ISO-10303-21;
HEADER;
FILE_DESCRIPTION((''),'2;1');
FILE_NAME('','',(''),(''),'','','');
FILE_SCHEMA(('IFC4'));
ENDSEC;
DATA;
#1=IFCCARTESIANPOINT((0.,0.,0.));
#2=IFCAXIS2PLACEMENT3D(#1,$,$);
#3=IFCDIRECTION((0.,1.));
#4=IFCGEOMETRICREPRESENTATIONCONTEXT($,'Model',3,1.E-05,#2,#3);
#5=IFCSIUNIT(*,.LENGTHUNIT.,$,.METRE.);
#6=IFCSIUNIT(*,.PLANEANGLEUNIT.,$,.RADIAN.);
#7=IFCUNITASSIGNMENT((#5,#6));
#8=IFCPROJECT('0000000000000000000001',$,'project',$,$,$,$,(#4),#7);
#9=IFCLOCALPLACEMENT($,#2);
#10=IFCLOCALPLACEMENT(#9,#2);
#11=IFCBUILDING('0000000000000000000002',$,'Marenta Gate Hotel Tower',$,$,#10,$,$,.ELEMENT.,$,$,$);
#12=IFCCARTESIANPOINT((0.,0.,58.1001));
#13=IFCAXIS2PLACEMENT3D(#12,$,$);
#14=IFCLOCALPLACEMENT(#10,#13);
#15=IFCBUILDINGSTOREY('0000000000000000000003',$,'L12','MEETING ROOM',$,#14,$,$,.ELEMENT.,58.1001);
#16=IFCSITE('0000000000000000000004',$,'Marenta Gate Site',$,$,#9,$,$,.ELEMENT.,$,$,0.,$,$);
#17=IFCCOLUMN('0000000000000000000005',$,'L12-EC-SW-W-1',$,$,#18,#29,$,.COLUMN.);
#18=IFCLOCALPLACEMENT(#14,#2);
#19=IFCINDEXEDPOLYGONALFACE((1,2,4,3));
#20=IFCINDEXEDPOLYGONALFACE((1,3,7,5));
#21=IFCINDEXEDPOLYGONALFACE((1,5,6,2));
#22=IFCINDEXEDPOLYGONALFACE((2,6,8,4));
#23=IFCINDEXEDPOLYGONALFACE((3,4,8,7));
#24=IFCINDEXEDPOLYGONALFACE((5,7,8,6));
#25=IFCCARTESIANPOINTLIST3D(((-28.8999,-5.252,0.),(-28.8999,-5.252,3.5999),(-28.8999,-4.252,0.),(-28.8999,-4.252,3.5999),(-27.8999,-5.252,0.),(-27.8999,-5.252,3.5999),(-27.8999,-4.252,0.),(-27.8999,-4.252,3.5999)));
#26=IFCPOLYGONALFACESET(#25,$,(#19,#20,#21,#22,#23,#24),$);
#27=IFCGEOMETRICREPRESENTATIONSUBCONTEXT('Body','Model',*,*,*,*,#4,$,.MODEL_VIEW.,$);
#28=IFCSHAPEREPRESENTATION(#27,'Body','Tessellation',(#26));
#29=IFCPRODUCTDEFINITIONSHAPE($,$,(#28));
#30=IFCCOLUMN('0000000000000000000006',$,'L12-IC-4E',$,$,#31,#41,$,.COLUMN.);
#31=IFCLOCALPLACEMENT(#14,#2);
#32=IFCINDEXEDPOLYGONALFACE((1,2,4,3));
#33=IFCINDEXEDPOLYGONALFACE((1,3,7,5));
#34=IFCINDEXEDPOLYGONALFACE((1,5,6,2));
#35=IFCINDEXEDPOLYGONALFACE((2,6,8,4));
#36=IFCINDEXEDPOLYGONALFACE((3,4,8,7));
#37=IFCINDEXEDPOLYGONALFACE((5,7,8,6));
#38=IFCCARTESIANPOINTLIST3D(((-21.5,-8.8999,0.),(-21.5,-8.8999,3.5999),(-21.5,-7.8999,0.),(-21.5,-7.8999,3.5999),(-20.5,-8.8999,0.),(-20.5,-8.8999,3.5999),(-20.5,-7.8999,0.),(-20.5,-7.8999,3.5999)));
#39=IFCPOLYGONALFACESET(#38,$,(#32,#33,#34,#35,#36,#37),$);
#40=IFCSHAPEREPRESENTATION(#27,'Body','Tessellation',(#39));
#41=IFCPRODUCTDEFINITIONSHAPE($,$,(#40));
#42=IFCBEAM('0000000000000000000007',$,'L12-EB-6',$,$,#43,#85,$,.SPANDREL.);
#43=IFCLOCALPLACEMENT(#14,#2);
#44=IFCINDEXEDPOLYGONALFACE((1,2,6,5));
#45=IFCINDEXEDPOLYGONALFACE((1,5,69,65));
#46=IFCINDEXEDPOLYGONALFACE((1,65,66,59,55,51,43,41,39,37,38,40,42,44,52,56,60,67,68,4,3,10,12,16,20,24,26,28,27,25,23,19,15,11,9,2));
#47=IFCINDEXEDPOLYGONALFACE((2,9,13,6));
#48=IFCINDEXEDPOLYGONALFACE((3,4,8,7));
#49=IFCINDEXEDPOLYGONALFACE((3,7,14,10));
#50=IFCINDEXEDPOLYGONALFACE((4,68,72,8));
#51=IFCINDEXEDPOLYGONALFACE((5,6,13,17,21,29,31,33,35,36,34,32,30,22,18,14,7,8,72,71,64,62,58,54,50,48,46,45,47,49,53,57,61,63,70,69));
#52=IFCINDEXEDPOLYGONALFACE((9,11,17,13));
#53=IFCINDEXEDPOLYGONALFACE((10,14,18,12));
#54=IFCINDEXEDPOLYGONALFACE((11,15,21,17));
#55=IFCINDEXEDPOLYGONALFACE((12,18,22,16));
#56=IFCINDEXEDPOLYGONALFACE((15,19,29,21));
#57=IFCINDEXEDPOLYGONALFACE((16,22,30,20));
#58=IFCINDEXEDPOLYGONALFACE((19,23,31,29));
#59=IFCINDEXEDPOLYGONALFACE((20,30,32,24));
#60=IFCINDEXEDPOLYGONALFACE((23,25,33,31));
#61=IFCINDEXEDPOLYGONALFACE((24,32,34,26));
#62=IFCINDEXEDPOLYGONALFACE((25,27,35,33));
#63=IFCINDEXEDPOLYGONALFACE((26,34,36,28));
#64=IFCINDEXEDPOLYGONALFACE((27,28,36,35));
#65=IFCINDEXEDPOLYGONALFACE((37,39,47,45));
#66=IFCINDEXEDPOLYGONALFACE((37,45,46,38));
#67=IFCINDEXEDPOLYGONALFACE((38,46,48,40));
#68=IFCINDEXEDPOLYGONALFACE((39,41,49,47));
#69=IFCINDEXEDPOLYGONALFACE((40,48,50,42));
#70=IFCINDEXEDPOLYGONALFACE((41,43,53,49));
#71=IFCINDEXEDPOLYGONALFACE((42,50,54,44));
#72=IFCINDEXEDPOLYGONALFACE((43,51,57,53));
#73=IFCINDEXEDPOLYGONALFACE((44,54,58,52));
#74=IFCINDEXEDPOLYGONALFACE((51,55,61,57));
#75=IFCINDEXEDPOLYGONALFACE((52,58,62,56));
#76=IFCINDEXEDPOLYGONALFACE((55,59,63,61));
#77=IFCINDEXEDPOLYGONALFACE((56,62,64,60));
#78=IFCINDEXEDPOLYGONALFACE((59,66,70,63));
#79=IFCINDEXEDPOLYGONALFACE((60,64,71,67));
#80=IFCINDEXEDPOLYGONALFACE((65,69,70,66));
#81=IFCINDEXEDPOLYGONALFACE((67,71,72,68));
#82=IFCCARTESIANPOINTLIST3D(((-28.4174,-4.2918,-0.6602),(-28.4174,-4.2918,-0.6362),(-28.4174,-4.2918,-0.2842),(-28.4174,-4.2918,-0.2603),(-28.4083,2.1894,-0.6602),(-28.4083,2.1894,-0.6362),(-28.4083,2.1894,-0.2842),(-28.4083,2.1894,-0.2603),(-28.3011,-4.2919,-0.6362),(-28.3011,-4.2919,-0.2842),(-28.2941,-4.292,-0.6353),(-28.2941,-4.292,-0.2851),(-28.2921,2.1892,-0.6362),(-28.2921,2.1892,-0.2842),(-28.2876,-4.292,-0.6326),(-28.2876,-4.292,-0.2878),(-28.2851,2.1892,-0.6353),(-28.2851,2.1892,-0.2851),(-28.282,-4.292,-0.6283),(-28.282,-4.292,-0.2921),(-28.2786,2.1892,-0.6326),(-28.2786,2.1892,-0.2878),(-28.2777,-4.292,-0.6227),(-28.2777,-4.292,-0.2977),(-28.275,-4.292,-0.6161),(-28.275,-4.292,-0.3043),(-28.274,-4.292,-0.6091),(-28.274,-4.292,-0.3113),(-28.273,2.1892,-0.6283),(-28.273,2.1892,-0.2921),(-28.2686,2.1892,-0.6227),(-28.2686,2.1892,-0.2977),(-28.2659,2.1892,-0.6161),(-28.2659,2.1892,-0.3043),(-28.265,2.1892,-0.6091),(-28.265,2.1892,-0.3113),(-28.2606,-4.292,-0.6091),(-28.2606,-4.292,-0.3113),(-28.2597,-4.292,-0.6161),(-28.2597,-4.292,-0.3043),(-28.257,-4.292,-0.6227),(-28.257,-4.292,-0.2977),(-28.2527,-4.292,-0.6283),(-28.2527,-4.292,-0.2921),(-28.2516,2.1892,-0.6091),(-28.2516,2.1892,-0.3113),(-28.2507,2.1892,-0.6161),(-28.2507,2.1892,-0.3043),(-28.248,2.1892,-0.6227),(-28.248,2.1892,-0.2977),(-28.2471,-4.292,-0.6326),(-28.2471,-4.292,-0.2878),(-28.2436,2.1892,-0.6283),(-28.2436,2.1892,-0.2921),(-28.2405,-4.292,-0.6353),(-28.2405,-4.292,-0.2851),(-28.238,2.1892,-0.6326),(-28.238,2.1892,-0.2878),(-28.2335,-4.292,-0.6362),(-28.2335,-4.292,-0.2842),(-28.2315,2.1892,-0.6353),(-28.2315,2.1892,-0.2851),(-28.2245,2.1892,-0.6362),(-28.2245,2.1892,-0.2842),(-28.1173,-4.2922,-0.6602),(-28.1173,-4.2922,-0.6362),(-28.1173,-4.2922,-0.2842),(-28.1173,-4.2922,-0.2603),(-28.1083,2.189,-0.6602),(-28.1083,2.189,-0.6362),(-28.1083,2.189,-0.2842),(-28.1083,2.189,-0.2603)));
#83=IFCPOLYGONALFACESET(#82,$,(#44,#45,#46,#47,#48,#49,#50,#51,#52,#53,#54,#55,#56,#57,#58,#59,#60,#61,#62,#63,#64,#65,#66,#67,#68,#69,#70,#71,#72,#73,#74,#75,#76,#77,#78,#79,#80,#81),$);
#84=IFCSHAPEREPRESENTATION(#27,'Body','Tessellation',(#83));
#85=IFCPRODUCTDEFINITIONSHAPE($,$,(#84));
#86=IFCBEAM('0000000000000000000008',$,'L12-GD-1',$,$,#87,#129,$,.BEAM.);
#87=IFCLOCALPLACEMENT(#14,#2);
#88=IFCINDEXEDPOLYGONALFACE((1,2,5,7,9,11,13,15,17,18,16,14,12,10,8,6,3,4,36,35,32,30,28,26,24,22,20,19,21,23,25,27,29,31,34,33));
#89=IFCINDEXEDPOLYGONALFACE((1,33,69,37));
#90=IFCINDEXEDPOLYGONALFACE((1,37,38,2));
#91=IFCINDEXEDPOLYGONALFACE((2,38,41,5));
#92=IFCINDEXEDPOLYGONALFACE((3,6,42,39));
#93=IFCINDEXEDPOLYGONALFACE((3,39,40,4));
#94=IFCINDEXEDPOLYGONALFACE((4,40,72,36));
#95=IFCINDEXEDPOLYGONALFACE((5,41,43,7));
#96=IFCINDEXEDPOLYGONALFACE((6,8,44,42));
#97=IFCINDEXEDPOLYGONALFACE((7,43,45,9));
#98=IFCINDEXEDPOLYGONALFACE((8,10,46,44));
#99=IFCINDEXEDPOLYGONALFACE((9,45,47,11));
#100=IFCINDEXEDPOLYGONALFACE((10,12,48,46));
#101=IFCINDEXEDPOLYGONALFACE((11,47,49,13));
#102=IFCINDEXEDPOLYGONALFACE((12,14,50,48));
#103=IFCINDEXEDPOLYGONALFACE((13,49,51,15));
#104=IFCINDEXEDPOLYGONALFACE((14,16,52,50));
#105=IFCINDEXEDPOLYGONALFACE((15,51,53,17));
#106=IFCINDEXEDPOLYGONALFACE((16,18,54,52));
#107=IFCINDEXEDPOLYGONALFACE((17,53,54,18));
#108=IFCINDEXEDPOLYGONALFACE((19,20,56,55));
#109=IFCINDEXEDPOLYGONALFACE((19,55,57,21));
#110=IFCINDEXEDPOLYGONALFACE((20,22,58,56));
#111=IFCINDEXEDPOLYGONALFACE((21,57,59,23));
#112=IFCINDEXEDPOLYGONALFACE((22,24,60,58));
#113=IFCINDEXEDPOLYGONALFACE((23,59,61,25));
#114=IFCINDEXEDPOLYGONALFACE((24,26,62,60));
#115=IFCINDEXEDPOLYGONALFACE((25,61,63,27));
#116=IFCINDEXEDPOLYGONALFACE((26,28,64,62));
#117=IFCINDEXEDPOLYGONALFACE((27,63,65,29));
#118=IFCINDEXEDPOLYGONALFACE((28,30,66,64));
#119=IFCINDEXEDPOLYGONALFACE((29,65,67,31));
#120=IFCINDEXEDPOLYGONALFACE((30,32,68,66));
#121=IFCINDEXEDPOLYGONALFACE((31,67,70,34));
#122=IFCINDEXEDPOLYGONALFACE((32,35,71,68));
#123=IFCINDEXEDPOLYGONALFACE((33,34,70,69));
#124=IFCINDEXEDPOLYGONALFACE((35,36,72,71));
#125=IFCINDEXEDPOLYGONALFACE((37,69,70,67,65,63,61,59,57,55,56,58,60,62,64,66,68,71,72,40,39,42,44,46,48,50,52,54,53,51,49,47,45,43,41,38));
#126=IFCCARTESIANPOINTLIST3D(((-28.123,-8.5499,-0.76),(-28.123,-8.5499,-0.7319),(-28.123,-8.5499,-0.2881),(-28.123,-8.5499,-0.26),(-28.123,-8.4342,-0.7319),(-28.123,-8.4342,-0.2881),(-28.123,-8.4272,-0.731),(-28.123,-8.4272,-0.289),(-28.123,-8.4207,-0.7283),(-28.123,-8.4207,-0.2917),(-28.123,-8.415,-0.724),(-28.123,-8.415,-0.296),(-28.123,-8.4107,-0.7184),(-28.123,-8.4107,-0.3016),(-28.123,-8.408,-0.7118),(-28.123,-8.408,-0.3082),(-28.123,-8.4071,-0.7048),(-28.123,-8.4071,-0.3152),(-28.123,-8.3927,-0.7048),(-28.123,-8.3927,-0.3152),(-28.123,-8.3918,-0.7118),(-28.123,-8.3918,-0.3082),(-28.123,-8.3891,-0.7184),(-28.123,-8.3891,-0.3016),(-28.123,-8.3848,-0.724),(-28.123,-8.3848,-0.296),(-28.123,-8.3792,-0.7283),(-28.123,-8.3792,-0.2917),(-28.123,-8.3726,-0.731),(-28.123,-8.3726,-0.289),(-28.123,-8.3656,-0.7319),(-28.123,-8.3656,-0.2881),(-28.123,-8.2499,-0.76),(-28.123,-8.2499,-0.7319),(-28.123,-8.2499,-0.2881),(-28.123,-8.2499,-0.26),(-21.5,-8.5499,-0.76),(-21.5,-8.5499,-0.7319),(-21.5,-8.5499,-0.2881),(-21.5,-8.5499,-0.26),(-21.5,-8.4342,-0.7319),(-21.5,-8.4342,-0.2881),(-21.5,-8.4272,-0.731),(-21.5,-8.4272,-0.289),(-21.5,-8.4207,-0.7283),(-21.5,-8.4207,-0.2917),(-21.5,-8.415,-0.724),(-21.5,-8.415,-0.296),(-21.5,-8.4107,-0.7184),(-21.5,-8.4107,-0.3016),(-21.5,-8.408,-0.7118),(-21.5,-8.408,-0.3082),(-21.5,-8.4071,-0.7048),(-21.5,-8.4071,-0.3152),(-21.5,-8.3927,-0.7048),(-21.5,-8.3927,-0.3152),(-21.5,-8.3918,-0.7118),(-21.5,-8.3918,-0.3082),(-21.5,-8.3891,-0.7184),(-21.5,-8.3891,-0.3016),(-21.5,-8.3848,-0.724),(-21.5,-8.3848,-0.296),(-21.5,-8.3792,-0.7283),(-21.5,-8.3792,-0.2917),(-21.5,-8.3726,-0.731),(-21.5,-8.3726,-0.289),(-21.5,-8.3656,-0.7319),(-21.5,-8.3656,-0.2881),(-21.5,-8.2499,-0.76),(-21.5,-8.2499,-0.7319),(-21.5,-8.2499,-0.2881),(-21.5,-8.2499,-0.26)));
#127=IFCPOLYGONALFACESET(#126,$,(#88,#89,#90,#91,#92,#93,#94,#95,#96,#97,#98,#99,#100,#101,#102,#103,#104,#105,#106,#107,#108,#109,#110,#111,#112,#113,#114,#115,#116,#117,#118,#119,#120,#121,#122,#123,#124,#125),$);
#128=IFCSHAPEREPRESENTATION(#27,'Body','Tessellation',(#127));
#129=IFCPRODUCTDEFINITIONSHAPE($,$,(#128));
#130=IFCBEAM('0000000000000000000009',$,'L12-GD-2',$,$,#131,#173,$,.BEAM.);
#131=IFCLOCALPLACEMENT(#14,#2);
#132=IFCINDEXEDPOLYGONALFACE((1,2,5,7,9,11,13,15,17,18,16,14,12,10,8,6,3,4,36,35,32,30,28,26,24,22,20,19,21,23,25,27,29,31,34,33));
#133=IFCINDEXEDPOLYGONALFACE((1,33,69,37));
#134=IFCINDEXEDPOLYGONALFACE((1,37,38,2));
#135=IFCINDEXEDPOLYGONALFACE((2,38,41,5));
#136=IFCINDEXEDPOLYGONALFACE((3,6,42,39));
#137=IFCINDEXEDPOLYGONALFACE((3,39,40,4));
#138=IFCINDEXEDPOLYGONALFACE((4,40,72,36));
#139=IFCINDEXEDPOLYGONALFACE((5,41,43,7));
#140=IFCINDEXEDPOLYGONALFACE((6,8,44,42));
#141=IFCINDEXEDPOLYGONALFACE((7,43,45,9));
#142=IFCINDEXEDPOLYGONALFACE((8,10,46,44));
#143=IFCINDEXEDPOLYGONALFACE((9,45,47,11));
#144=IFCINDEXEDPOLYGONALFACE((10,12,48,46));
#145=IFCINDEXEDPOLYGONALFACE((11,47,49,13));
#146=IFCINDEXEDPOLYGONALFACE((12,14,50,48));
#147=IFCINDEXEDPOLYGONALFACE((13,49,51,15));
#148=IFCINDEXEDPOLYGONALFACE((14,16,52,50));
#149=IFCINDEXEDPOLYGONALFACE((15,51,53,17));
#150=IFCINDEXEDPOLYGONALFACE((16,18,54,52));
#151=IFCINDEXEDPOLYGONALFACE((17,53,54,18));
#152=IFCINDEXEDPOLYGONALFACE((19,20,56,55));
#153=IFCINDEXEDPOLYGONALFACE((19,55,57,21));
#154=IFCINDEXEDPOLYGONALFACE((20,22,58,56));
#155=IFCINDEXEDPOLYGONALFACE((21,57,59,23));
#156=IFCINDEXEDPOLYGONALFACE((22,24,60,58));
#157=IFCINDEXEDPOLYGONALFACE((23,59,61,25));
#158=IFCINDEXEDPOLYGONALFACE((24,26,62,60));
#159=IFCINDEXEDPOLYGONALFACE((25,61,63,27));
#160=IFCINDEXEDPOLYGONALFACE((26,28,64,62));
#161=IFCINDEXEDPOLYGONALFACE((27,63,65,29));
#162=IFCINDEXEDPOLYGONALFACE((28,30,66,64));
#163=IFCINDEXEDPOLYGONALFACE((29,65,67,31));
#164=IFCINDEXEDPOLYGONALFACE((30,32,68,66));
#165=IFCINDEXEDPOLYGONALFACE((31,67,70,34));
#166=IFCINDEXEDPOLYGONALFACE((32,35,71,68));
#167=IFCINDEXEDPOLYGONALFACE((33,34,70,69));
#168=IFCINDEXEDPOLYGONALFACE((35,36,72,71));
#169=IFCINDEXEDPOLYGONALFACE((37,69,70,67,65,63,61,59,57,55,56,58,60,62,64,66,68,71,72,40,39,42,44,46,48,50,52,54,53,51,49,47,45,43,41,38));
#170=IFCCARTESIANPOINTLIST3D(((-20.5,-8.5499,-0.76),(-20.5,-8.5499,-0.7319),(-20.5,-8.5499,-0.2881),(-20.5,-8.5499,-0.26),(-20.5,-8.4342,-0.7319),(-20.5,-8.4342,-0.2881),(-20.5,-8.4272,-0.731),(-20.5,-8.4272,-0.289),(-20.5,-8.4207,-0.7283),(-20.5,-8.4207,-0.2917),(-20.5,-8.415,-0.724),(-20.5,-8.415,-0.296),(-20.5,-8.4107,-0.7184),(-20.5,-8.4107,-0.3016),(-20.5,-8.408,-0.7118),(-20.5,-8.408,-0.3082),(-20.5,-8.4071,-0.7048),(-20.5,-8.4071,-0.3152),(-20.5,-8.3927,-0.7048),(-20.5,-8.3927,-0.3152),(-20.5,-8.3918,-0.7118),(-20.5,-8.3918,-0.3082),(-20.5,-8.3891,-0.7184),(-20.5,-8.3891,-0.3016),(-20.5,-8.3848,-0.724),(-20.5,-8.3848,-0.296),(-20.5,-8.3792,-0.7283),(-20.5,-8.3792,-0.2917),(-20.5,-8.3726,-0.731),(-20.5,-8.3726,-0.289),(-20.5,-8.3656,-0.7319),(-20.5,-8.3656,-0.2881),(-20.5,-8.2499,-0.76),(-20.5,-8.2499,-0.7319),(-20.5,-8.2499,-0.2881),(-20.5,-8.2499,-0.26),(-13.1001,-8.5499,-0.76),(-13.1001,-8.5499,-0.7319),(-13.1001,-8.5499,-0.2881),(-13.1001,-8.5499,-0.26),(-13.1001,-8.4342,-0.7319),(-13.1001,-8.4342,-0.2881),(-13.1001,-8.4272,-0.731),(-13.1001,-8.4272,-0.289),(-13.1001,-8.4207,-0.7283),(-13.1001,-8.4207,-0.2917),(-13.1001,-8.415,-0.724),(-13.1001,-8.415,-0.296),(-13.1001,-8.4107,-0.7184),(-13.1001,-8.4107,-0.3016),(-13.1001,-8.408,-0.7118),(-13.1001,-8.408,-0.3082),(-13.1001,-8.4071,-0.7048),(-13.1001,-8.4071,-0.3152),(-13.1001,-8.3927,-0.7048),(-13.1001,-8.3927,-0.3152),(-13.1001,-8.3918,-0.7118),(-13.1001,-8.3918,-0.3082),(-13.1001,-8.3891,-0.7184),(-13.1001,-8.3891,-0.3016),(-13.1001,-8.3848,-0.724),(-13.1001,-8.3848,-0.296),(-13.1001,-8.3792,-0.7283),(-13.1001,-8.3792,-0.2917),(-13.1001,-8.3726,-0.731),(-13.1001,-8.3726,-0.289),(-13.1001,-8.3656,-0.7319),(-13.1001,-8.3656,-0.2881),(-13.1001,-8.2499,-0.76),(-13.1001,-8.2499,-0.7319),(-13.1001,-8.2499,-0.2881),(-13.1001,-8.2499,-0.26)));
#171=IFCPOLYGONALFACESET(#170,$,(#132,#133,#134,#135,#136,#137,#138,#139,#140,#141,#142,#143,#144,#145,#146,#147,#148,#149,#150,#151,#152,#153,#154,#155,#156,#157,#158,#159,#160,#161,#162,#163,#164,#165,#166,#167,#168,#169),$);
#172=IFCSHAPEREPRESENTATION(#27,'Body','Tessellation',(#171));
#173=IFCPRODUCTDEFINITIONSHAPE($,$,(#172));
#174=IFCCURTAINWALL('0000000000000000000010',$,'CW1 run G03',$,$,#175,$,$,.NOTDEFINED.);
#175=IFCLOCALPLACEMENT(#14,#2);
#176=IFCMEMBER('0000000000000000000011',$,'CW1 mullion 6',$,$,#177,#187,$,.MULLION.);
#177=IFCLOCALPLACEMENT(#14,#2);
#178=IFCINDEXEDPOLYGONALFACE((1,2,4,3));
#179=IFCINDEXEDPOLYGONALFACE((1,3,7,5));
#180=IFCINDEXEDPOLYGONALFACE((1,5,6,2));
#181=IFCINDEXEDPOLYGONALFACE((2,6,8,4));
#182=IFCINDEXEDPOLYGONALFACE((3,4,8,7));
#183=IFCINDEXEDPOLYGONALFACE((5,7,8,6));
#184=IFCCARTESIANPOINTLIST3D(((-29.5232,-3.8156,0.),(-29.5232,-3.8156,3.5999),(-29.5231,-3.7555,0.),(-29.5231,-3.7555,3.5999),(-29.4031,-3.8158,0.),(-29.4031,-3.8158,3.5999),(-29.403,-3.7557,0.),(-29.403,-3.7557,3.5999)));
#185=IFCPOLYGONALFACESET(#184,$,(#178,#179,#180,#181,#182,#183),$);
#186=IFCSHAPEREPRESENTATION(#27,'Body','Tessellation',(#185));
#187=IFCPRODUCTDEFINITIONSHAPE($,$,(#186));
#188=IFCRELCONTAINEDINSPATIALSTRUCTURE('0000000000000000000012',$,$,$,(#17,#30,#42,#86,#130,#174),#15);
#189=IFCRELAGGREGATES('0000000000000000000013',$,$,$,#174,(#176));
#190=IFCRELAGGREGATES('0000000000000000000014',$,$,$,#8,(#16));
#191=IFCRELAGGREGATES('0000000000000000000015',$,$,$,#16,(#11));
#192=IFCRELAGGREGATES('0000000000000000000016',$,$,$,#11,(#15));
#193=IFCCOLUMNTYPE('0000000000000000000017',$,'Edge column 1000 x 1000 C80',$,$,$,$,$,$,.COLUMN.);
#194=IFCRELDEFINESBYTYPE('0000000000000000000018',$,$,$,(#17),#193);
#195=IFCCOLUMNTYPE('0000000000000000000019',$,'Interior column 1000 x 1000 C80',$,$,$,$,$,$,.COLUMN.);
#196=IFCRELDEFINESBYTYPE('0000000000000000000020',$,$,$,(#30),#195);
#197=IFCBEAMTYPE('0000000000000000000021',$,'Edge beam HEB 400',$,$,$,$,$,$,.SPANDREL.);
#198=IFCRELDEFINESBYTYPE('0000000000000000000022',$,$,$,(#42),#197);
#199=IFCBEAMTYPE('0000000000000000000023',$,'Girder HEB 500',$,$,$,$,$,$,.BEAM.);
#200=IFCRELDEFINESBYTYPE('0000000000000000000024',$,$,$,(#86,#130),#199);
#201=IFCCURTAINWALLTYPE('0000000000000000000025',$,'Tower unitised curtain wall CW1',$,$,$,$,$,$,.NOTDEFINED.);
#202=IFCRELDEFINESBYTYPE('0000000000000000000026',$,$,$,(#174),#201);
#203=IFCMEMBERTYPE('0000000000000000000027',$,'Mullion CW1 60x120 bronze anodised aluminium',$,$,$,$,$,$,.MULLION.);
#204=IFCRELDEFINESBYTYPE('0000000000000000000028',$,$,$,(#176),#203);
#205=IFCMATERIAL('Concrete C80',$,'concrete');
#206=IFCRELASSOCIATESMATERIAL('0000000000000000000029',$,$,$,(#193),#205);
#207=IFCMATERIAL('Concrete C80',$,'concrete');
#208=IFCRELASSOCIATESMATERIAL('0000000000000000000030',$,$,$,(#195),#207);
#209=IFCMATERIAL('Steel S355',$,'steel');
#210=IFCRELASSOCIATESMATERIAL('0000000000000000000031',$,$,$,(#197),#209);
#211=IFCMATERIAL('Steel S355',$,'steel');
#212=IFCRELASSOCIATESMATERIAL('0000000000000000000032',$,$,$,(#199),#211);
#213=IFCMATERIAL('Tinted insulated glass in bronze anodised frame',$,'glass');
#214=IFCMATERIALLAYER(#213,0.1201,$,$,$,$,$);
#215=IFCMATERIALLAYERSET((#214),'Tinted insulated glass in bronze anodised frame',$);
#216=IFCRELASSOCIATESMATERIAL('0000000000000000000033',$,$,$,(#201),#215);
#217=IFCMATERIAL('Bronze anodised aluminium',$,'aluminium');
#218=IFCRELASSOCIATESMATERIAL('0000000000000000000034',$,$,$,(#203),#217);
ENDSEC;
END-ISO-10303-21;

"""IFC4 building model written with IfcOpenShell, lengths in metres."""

from ifc_helpers import new_model, si_unit, direction, frame, origin, origin_2d, place, context, subcontext, project, spatial, rectangle, i_section, extrude, material, layer, layer_set, material_profile, profile_set, type_object, element, aggregate, save


model = new_model("IFC4")

# Units and contexts
model_context = context("Model", 3, precision=1e-05, world=origin(), true_north=direction((0.0, 1.0)))
body_context = subcontext(model_context, "Body", "Model", "MODEL_VIEW")
ifc_project = project(units=[si_unit("LENGTHUNIT", "METRE"), si_unit("PLANEANGLEUNIT", "RADIAN")], contexts=[model_context])

# Site, building, storey
site_placement = place(None, origin())
site = spatial("IfcSite", under=ifc_project, at=site_placement, Name="Marenta Gate Site", CompositionType="ELEMENT", RefElevation=0.0)
building_placement = place(site_placement, origin())
building = spatial("IfcBuilding", under=site, at=building_placement, Name="Marenta Gate Hotel Tower", CompositionType="ELEMENT")
storey_placement = place(building_placement, frame((0.0, 0.0, 58.1001)))
storey = spatial("IfcBuildingStorey", under=building, at=storey_placement, Name="L12", Description="MEETING ROOM", CompositionType="ELEMENT", Elevation=58.1001)

# Columns
ifc_material_1 = material(Name="Concrete C80", Category="concrete")
ifc_material_profile_1 = material_profile(ifc_material_1, rectangle(XDim=1.0, YDim=1.0, at=origin_2d()), Name="1000 x 1000")
ifc_profile_set_1 = profile_set([ifc_material_profile_1], Name="Concrete C80")
column_type_1 = type_object("IfcColumnType", Name="Edge column 1000 x 1000 C80", PredefinedType="COLUMN", material=ifc_profile_set_1)
column_1_placement = place(storey_placement, frame((-28.3999, -4.752, 0.0), z_axis=(0.0, 0.0, 1.0), x_axis=(1.0, 0.0, 0.0)))
element("IfcColumn", 1, at=column_1_placement, inside=storey, type_object=column_type_1, Name="L12-EC-SW-W-1", PredefinedType="COLUMN", context=body_context, shape_type="SweptSolid", body=[
    extrude(rectangle(XDim=1.0, YDim=1.0, at=origin_2d()), origin(), (0.0, 0.0, 1.0), 3.5999),
])
ifc_material_2 = material(Name="Concrete C80", Category="concrete")
ifc_material_profile_2 = material_profile(ifc_material_2, rectangle(XDim=1.0, YDim=1.0, at=origin_2d()), Name="1000 x 1000")
ifc_profile_set_2 = profile_set([ifc_material_profile_2], Name="Concrete C80")
column_type_2 = type_object("IfcColumnType", Name="Interior column 1000 x 1000 C80", PredefinedType="COLUMN", material=ifc_profile_set_2)
column_2_placement = place(storey_placement, frame((-21.0, -8.3999, 0.0), z_axis=(0.0, 0.0, 1.0), x_axis=(1.0, 0.0, 0.0)))
element("IfcColumn", 2, at=column_2_placement, inside=storey, type_object=column_type_2, Name="L12-IC-4E", PredefinedType="COLUMN", context=body_context, shape_type="SweptSolid", body=[
    extrude(rectangle(XDim=1.0, YDim=1.0, at=origin_2d()), origin(), (0.0, 0.0, 1.0), 3.5999),
])

# Beams
ifc_material_3 = material(Name="Steel S355", Category="steel")
ifc_material_profile_3 = material_profile(ifc_material_3, i_section(OverallWidth=0.3, OverallDepth=0.3999, WebThickness=0.0134, FlangeThickness=0.0239, FilletRadius=0.0271, at=origin_2d()), Name="HEB 400")
ifc_profile_set_3 = profile_set([ifc_material_profile_3], Name="Steel S355")
beam_type_1 = type_object("IfcBeamType", Name="Edge beam HEB 400", PredefinedType="SPANDREL", material=ifc_profile_set_3)
beam_1_placement = place(storey_placement, frame((-28.2673, -4.292, -0.4602), z_axis=(0.001394, 0.999999, 0.0), x_axis=(-0.999999, 0.001394, 0.0)))
element("IfcBeam", 3, at=beam_1_placement, inside=storey, type_object=beam_type_1, Name="L12-EB-6", PredefinedType="SPANDREL", context=body_context, shape_type="SweptSolid", body=[
    extrude(i_section(OverallWidth=0.3, OverallDepth=0.3999, WebThickness=0.0134, FlangeThickness=0.0239, FilletRadius=0.0271, at=origin_2d()), origin(), (0.0, 0.0, 1.0), 6.4812),
])
ifc_material_4 = material(Name="Steel S355", Category="steel")
ifc_material_profile_4 = material_profile(ifc_material_4, i_section(OverallWidth=0.3, OverallDepth=0.5, WebThickness=0.0144, FlangeThickness=0.0281, FilletRadius=0.0271, at=origin_2d()), Name="HEB 500")
ifc_profile_set_4 = profile_set([ifc_material_profile_4], Name="Steel S355")
beam_type_2 = type_object("IfcBeamType", Name="Girder HEB 500", PredefinedType="BEAM", material=ifc_profile_set_4)
beam_2_placement = place(storey_placement, frame((-28.123, -8.3999, -0.51), z_axis=(1.0, 0.0, 0.0), x_axis=(0.0, 1.0, 0.0)))
element("IfcBeam", 4, at=beam_2_placement, inside=storey, type_object=beam_type_2, Name="L12-GD-1", PredefinedType="BEAM", context=body_context, shape_type="SweptSolid", body=[
    extrude(i_section(OverallWidth=0.3, OverallDepth=0.5, WebThickness=0.0144, FlangeThickness=0.0281, FilletRadius=0.0271, at=origin_2d()), origin(), (0.0, 0.0, 1.0), 6.623),
])
beam_3_placement = place(storey_placement, frame((-20.5, -8.3999, -0.51), z_axis=(1.0, 0.0, 0.0), x_axis=(0.0, 1.0, 0.0)))
element("IfcBeam", 5, at=beam_3_placement, inside=storey, type_object=beam_type_2, Name="L12-GD-2", PredefinedType="BEAM", context=body_context, shape_type="SweptSolid", body=[
    extrude(i_section(OverallWidth=0.3, OverallDepth=0.5, WebThickness=0.0144, FlangeThickness=0.0281, FilletRadius=0.0271, at=origin_2d()), origin(), (0.0, 0.0, 1.0), 7.3999),
])

# Curtain wall, member
ifc_material_5 = material(Name="Tinted insulated glass in bronze anodised frame", Category="glass")
ifc_layer_1 = layer(ifc_material_5, 0.1201)
ifc_layer_set_1 = layer_set([ifc_layer_1], Name="Tinted insulated glass in bronze anodised frame")
curtain_wall_type = type_object("IfcCurtainWallType", Name="Tower unitised curtain wall CW1", PredefinedType="NOTDEFINED", material=ifc_layer_set_1)
curtain_wall_placement = place(storey_placement, origin())
curtain_wall = element("IfcCurtainWall", 6, at=curtain_wall_placement, inside=storey, type_object=curtain_wall_type, Name="CW1 run G03", PredefinedType="NOTDEFINED")
ifc_material_6 = material(Name="Bronze anodised aluminium", Category="aluminium")
ifc_material_profile_5 = material_profile(ifc_material_6, rectangle(XDim=0.1201, YDim=0.0601, at=origin_2d()), Name="Mullion CW1 60x120 bronze anodised aluminium")
ifc_profile_set_5 = profile_set([ifc_material_profile_5], Name="Bronze anodised aluminium")
member_type_1 = type_object("IfcMemberType", Name="Mullion CW1 60x120 bronze anodised aluminium", PredefinedType="MULLION", material=ifc_profile_set_5)
member_1_placement = place(storey_placement, frame((-29.4631, -3.7856, 0.0), z_axis=(0.0, 0.0, 1.0), x_axis=(0.999999, -0.001566, 0.0)))
member_1 = element("IfcMember", 7, at=member_1_placement, type_object=member_type_1, Name="CW1 mullion 6", PredefinedType="MULLION", context=body_context, shape_type="SweptSolid", body=[
    extrude(rectangle(XDim=0.1201, YDim=0.0601, at=origin_2d()), origin(), (0.0, 0.0, 1.0), 3.5999),
])
aggregate(curtain_wall, [member_1])

save(model, "model.ifc")
